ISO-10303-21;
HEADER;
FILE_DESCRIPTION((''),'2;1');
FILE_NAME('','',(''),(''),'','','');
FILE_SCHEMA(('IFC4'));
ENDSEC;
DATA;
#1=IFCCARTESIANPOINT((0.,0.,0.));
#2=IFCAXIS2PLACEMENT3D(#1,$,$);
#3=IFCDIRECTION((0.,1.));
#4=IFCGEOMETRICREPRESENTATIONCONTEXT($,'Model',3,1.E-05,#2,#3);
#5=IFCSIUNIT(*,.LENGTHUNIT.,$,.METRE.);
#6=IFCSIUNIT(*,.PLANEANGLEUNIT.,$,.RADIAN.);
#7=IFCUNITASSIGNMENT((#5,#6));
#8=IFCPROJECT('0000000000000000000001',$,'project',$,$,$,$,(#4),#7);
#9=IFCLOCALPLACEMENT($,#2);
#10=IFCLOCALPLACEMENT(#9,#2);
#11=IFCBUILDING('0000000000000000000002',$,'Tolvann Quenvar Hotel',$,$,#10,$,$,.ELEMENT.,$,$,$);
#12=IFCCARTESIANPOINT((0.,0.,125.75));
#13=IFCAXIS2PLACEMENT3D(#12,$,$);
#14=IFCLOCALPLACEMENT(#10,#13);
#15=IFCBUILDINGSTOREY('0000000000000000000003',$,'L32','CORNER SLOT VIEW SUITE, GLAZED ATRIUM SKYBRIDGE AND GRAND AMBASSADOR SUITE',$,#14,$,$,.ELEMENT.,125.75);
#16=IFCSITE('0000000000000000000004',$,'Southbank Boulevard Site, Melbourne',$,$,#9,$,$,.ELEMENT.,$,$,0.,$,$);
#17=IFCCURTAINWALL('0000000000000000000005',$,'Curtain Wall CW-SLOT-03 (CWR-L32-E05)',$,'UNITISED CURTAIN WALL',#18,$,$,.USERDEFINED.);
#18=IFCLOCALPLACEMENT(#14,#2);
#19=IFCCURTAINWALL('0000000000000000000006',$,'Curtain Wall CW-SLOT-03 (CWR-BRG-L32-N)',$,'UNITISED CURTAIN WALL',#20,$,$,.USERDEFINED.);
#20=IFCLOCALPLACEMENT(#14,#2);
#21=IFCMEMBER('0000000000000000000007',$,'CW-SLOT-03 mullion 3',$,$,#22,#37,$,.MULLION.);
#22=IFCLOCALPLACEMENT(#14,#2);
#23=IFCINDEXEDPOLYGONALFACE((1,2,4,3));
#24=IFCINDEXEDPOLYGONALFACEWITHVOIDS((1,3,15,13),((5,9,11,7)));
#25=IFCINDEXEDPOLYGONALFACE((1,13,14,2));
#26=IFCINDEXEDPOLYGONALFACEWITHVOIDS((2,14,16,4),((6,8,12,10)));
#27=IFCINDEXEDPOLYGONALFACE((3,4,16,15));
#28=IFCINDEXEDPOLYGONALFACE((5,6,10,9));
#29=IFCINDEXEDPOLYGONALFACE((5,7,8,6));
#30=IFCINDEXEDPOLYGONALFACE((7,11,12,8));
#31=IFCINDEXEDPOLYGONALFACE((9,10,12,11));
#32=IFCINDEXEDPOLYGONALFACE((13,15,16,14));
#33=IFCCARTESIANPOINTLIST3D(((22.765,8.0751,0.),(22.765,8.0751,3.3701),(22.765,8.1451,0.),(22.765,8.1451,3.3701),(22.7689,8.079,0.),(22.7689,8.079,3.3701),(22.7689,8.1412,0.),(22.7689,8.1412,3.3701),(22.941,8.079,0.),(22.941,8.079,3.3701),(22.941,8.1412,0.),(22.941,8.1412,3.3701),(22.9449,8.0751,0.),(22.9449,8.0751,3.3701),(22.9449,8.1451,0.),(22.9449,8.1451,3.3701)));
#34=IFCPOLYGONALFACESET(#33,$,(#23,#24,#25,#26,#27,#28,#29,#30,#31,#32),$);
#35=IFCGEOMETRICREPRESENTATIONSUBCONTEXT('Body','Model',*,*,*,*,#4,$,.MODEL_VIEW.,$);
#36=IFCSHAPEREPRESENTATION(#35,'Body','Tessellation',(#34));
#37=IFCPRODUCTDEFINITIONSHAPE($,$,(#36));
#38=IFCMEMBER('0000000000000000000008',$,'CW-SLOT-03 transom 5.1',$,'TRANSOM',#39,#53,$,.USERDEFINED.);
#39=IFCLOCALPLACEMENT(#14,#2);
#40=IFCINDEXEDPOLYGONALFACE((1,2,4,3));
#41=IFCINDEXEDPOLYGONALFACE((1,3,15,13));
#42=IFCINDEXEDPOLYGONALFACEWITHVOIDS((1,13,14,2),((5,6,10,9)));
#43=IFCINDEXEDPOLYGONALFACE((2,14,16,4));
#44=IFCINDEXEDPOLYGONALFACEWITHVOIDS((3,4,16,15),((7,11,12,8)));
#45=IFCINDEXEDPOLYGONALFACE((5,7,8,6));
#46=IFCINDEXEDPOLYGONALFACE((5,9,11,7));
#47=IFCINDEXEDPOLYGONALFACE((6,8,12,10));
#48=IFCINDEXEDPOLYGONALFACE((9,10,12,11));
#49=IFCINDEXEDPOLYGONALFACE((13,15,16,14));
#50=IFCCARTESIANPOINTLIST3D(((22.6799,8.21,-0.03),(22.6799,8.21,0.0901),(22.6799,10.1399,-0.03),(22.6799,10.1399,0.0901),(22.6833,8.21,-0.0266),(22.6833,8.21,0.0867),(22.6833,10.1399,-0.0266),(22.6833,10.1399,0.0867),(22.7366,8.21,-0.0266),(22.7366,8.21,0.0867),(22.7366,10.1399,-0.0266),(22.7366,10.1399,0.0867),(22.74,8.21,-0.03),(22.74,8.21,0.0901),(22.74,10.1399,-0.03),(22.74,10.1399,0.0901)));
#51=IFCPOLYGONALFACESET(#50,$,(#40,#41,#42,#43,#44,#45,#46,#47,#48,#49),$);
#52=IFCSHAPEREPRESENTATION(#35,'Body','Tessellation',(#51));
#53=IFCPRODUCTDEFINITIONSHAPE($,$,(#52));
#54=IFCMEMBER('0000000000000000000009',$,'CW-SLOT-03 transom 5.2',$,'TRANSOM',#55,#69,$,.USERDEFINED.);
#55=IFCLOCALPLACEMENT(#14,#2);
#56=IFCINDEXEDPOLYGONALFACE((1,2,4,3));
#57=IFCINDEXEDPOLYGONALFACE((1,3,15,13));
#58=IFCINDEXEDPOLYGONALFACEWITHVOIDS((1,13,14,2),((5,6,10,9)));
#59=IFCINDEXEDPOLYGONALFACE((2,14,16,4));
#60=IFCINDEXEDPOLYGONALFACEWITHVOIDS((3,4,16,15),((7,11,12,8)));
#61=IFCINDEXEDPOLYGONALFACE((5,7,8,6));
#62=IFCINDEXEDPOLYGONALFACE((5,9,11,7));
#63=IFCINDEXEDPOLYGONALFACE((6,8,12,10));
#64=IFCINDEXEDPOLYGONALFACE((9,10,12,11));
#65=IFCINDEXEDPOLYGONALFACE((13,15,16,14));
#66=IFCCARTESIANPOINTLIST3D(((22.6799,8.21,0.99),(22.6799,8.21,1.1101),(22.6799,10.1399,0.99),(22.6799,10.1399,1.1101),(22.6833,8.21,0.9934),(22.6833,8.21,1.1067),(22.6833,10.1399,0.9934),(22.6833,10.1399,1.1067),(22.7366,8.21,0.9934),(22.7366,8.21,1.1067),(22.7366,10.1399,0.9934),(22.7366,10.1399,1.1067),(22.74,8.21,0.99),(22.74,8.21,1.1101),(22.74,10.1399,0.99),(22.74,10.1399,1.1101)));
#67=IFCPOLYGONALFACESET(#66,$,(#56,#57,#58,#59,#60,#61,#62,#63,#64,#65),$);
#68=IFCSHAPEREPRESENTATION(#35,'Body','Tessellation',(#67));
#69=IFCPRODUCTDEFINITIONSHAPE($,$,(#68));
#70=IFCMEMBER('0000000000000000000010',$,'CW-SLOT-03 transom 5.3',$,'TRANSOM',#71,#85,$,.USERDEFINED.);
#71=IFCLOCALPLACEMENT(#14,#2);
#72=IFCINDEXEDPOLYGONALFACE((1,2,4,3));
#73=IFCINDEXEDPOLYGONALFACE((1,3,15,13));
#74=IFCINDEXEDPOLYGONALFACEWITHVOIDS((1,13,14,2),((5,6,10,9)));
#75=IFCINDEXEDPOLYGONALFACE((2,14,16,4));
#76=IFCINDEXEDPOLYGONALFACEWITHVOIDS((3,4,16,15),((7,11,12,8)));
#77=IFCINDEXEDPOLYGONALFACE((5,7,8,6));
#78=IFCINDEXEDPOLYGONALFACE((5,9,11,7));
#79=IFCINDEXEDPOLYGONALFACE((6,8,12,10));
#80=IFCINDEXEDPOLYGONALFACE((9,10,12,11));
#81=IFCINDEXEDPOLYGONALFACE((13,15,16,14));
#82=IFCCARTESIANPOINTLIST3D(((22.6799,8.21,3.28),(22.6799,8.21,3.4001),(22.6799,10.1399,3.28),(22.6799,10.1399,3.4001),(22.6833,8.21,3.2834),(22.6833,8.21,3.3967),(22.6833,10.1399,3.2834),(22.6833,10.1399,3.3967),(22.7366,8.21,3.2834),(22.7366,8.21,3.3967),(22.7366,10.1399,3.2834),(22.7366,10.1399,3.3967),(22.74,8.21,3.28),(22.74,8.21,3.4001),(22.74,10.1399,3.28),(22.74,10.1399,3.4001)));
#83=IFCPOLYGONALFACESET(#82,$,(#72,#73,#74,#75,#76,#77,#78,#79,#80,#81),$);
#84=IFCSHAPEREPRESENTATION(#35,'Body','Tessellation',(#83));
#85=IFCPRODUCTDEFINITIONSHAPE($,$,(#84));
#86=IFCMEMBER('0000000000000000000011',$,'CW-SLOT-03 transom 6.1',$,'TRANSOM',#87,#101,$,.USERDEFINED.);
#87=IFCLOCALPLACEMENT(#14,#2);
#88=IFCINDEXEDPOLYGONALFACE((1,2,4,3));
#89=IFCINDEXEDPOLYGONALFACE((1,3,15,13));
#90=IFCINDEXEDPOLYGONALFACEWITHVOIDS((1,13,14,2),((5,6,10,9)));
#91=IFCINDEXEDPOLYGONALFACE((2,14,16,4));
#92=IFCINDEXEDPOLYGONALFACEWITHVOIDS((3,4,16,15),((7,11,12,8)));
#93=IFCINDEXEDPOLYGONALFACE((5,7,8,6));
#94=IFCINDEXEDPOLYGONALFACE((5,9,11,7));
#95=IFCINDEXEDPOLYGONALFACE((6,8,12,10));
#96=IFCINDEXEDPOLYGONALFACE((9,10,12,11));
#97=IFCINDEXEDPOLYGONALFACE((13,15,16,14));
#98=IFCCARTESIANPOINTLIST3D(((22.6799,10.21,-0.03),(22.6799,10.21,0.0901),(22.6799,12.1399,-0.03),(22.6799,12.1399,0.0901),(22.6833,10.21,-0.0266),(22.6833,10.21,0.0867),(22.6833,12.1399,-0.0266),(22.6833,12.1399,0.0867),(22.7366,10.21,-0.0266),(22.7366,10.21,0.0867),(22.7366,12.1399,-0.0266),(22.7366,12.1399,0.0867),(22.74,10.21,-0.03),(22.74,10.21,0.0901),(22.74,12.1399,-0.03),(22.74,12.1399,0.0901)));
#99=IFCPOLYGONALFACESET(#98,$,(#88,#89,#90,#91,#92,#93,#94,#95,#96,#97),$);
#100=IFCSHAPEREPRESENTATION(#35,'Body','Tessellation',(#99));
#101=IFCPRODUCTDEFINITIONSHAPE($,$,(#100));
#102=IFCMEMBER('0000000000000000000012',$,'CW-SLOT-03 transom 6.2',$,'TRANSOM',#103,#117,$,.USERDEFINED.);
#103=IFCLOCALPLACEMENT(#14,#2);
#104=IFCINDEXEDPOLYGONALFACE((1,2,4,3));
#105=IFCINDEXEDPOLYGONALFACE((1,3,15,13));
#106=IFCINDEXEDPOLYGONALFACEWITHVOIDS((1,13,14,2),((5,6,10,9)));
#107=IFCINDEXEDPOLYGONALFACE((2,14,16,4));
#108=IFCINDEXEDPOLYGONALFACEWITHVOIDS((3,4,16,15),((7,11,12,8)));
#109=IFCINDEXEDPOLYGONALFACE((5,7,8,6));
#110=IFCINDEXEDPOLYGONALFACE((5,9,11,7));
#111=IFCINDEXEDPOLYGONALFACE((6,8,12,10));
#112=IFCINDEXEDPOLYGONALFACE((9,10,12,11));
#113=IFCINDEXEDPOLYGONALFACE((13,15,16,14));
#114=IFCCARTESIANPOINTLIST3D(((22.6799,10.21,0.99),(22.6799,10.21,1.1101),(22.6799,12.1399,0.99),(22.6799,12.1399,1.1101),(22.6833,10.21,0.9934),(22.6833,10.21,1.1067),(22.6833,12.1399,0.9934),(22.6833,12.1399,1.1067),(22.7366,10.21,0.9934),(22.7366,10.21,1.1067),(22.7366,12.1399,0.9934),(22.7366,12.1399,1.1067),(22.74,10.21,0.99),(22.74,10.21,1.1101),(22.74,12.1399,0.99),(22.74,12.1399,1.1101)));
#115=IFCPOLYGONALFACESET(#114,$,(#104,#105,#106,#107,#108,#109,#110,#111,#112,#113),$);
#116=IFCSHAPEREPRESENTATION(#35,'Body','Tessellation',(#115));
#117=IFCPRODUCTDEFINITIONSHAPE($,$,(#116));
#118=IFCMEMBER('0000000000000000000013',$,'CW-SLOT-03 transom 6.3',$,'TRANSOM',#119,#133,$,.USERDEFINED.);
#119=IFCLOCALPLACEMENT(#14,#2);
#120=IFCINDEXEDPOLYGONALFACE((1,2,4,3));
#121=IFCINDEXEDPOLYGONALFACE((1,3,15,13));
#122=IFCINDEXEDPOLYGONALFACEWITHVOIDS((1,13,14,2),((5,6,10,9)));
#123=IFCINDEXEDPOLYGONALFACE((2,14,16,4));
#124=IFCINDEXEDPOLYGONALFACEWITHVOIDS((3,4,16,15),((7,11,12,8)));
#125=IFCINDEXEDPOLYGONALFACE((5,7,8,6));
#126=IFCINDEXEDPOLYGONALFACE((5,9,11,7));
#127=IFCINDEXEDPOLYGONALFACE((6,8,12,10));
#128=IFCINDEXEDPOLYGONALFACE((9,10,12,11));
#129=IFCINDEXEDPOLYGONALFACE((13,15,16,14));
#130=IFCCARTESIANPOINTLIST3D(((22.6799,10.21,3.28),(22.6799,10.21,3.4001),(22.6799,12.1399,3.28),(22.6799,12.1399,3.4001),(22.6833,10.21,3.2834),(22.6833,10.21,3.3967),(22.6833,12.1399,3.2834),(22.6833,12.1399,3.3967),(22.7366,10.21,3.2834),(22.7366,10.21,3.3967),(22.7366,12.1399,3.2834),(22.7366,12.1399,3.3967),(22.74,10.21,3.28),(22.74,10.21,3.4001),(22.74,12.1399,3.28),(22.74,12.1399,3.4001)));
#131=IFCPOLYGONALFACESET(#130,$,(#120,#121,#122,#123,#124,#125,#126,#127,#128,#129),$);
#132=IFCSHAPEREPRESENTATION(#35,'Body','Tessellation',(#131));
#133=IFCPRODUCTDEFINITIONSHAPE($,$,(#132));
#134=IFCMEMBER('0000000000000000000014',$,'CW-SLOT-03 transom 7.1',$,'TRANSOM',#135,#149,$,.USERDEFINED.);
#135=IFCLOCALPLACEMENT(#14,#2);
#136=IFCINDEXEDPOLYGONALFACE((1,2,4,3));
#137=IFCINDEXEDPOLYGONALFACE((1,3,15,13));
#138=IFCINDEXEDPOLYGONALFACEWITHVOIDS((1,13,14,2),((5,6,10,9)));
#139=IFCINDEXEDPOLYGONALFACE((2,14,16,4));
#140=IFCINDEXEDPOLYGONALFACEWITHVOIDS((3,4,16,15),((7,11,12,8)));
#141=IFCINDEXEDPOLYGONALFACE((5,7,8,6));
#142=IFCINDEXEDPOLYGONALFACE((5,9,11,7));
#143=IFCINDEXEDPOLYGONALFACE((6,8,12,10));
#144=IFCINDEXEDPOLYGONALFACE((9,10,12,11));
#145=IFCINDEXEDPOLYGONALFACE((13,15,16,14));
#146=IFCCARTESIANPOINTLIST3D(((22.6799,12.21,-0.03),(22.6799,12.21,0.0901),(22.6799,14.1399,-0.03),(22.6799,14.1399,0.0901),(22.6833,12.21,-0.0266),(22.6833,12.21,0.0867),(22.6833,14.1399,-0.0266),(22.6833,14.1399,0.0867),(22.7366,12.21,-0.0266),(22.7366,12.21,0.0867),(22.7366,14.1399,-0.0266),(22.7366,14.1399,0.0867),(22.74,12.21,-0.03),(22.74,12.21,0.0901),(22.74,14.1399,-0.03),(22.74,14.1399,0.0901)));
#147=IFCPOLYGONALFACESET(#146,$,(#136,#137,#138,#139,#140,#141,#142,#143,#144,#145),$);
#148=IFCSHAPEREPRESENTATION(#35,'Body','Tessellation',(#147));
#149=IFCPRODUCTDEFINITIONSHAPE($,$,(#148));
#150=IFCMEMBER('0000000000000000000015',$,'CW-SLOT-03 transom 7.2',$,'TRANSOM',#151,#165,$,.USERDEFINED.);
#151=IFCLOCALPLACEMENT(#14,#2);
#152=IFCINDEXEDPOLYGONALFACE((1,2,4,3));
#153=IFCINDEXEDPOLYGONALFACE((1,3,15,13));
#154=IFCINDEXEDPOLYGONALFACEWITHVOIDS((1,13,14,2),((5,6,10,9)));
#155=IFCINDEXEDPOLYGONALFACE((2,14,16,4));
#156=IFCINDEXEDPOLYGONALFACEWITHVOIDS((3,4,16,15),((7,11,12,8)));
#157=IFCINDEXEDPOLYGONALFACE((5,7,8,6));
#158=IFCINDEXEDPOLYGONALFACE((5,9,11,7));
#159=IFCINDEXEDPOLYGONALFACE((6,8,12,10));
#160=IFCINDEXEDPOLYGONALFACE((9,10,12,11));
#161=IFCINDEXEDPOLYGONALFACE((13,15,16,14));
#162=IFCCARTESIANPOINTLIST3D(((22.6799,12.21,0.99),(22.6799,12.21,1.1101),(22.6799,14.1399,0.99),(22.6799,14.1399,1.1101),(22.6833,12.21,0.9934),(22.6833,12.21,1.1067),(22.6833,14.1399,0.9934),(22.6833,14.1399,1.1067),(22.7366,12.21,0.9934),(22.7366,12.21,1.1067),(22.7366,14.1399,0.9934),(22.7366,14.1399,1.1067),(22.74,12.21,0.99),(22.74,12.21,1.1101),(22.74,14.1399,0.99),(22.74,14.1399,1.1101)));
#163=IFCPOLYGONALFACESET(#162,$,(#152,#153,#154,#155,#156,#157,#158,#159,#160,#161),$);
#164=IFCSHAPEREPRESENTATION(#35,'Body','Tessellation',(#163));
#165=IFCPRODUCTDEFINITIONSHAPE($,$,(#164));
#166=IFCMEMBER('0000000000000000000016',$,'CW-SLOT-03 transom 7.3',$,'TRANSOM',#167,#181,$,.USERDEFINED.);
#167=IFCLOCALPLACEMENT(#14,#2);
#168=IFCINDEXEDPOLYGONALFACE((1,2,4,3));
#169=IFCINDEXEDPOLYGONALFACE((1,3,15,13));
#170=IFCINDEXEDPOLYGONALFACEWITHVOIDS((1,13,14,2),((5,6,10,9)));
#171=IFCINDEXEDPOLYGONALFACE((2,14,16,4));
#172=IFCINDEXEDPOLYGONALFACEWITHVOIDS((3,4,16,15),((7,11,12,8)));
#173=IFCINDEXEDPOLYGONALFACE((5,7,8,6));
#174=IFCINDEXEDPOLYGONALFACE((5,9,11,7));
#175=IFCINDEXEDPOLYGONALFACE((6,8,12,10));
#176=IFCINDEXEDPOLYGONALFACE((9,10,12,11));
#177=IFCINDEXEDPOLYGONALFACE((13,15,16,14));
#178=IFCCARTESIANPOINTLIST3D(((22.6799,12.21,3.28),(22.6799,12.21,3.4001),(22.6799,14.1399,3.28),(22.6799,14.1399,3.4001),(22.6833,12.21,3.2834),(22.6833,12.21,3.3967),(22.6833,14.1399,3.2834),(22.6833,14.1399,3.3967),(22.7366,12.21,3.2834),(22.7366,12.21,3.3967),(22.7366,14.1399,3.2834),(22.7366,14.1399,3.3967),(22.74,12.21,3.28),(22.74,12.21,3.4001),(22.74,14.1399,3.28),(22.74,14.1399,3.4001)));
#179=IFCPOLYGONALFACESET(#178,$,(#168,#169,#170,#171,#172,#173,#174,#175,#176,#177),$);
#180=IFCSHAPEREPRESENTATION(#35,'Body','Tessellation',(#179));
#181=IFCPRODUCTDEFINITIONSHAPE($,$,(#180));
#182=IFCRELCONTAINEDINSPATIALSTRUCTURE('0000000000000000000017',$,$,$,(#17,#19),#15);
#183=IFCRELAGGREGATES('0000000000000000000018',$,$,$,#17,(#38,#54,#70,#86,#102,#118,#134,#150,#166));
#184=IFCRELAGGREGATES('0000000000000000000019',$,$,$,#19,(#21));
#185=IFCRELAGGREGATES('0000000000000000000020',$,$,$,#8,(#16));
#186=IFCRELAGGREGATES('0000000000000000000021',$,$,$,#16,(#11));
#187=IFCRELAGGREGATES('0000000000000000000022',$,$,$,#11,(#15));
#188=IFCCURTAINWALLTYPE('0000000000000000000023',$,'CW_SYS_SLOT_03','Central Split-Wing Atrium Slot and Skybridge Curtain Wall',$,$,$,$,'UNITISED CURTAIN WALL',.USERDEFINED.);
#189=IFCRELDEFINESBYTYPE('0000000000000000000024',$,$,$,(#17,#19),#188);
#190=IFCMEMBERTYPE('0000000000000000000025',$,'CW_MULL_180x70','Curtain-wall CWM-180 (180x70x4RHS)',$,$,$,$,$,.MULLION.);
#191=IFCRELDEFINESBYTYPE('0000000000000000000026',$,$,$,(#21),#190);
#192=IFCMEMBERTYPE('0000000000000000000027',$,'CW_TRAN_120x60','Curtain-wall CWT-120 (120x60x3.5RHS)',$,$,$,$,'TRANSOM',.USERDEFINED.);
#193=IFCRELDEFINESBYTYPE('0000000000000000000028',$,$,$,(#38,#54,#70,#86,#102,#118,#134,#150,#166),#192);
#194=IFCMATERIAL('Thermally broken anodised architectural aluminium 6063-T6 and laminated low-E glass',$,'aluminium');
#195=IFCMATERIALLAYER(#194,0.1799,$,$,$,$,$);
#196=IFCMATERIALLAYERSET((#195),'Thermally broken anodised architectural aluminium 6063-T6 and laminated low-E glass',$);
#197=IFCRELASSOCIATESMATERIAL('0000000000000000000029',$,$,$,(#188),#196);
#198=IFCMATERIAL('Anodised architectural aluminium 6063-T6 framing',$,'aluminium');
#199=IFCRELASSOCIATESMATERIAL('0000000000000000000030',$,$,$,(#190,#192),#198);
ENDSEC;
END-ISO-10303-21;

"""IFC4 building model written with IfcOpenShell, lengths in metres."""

from ifc_helpers import new_model, si_unit, direction, frame, origin, origin_2d, place, context, subcontext, project, spatial, hollow_rectangle, extrude, source, transform, mapped, material, layer, layer_set, material_profile, profile_set, type_object, type_shapes, element, aggregate, save


model = new_model("IFC4")

# Units and contexts
model_context = context("Model", 3, precision=1e-05, world=origin(), true_north=direction((0.0, 1.0)))
body_context = subcontext(model_context, "Body", "Model", "MODEL_VIEW")
ifc_project = project(units=[si_unit("LENGTHUNIT", "METRE"), si_unit("PLANEANGLEUNIT", "RADIAN")], contexts=[model_context])

# Site, building, storey
site_placement = place(None, origin())
site = spatial("IfcSite", under=ifc_project, at=site_placement, Name="Southbank Boulevard Site, Melbourne", CompositionType="ELEMENT", RefElevation=0.0)
building_placement = place(site_placement, origin())
building = spatial("IfcBuilding", under=site, at=building_placement, Name="Tolvann Quenvar Hotel", CompositionType="ELEMENT")
storey_placement = place(building_placement, frame((0.0, 0.0, 125.75)))
storey = spatial("IfcBuildingStorey", under=building, at=storey_placement, Name="L32", Description="CORNER SLOT VIEW SUITE, GLAZED ATRIUM SKYBRIDGE AND GRAND AMBASSADOR SUITE", CompositionType="ELEMENT", Elevation=125.75)

# Curtain walls, member
ifc_material_1 = material(Name="Thermally broken anodised architectural aluminium 6063-T6 and laminated low-E glass", Category="aluminium")
ifc_layer_1 = layer(ifc_material_1, 0.1799)
ifc_layer_set_1 = layer_set([ifc_layer_1], Name="Thermally broken anodised architectural aluminium 6063-T6 and laminated low-E glass")
curtain_wall_type = type_object("IfcCurtainWallType", Name="CW_SYS_SLOT_03", Description="Central Split-Wing Atrium Slot and Skybridge Curtain Wall", ElementType="UNITISED CURTAIN WALL", PredefinedType="USERDEFINED", material=ifc_layer_set_1)
curtain_wall_1_placement = place(storey_placement, origin())
curtain_wall_1 = element("IfcCurtainWall", 1, at=curtain_wall_1_placement, inside=storey, type_object=curtain_wall_type, Name="Curtain Wall CW-SLOT-03 (CWR-L32-E05)", ObjectType="UNITISED CURTAIN WALL", PredefinedType="USERDEFINED")
ifc_material_2 = material(Name="Anodised architectural aluminium 6063-T6 framing", Category="aluminium")
ifc_material_profile_1 = material_profile(ifc_material_2, hollow_rectangle(XDim=0.0701, YDim=0.1799, WallThickness=0.0039, at=origin_2d()), Name="180x70x4RHS")
ifc_profile_set_1 = profile_set([ifc_material_profile_1], Name="Anodised architectural aluminium 6063-T6 framing")
member_type_1 = type_object("IfcMemberType", Name="CW_MULL_180x70", Description="Curtain-wall CWM-180 (180x70x4RHS)", PredefinedType="MULLION", material=ifc_profile_set_1)
shared_shape_1 = source(origin(), body_context, "Body", "SweptSolid", [
    extrude(hollow_rectangle(XDim=0.0701, YDim=0.1799, WallThickness=0.0039, at=origin_2d()), origin(), (0.0, 0.0, 1.0), 3.3701),
])
type_shapes(member_type_1, [shared_shape_1])
curtain_wall_2_placement = place(storey_placement, origin())
curtain_wall_2 = element("IfcCurtainWall", 2, at=curtain_wall_2_placement, inside=storey, type_object=curtain_wall_type, Name="Curtain Wall CW-SLOT-03 (CWR-BRG-L32-N)", ObjectType="UNITISED CURTAIN WALL", PredefinedType="USERDEFINED")
member_1_placement = place(storey_placement, frame((22.855, 8.1101, 0.0), z_axis=(0.0, 0.0, 1.0), x_axis=(0.0, -1.0, 0.0)))
member_1 = element("IfcMember", 3, at=member_1_placement, type_object=member_type_1, Name="CW-SLOT-03 mullion 3", PredefinedType="MULLION", context=body_context, shape_type="MappedRepresentation", body=[
    mapped(shared_shape_1, transform((0.0, 0.0, 0.0), x_axis=(1.0, 0.0, 0.0), y_axis=(0.0, 1.0, 0.0), z_axis=(0.0, 0.0, 1.0), scale=1.0)),
])

# Members
ifc_material_profile_2 = material_profile(ifc_material_2, hollow_rectangle(XDim=0.0601, YDim=0.1201, WallThickness=0.0034, at=origin_2d()), Name="120x60x3.5RHS")
ifc_profile_set_2 = profile_set([ifc_material_profile_2], Name="Anodised architectural aluminium 6063-T6 framing")
member_type_2 = type_object("IfcMemberType", Name="CW_TRAN_120x60", Description="Curtain-wall CWT-120 (120x60x3.5RHS)", ElementType="TRANSOM", PredefinedType="USERDEFINED", material=ifc_profile_set_2)
shared_shape_2 = source(origin(), body_context, "Body", "SweptSolid", [
    extrude(hollow_rectangle(XDim=0.0601, YDim=0.1201, WallThickness=0.0034, at=origin_2d()), origin(), (0.0, 0.0, 1.0), 1.9299),
])
member_2_placement = place(storey_placement, frame((22.71, 8.21, 0.03), z_axis=(0.0, 1.0, 0.0), x_axis=(-1.0, 0.0, 0.0)))
member_2 = element("IfcMember", 4, at=member_2_placement, type_object=member_type_2, Name="CW-SLOT-03 transom 5.1", ObjectType="TRANSOM", PredefinedType="USERDEFINED", context=body_context, shape_type="MappedRepresentation", body=[
    mapped(shared_shape_2, transform((0.0, 0.0, 0.0), x_axis=(1.0, 0.0, 0.0), y_axis=(0.0, 1.0, 0.0), z_axis=(0.0, 0.0, 1.0), scale=1.0)),
])
member_3_placement = place(storey_placement, frame((22.71, 8.21, 1.05), z_axis=(0.0, 1.0, 0.0), x_axis=(-1.0, 0.0, 0.0)))
member_3 = element("IfcMember", 5, at=member_3_placement, type_object=member_type_2, Name="CW-SLOT-03 transom 5.2", ObjectType="TRANSOM", PredefinedType="USERDEFINED", context=body_context, shape_type="MappedRepresentation", body=[
    mapped(shared_shape_2, transform((0.0, 0.0, 0.0), x_axis=(1.0, 0.0, 0.0), y_axis=(0.0, 1.0, 0.0), z_axis=(0.0, 0.0, 1.0), scale=1.0)),
])
member_4_placement = place(storey_placement, frame((22.71, 8.21, 3.3401), z_axis=(0.0, 1.0, 0.0), x_axis=(-1.0, 0.0, 0.0)))
member_4 = element("IfcMember", 6, at=member_4_placement, type_object=member_type_2, Name="CW-SLOT-03 transom 5.3", ObjectType="TRANSOM", PredefinedType="USERDEFINED", context=body_context, shape_type="MappedRepresentation", body=[
    mapped(shared_shape_2, transform((0.0, 0.0, 0.0), x_axis=(1.0, 0.0, 0.0), y_axis=(0.0, 1.0, 0.0), z_axis=(0.0, 0.0, 1.0), scale=1.0)),
])
member_5_placement = place(storey_placement, frame((22.71, 10.21, 0.03), z_axis=(0.0, 1.0, 0.0), x_axis=(-1.0, 0.0, 0.0)))
member_5 = element("IfcMember", 7, at=member_5_placement, type_object=member_type_2, Name="CW-SLOT-03 transom 6.1", ObjectType="TRANSOM", PredefinedType="USERDEFINED", context=body_context, shape_type="MappedRepresentation", body=[
    mapped(shared_shape_2, transform((0.0, 0.0, 0.0), x_axis=(1.0, 0.0, 0.0), y_axis=(0.0, 1.0, 0.0), z_axis=(0.0, 0.0, 1.0), scale=1.0)),
])
member_6_placement = place(storey_placement, frame((22.71, 10.21, 1.05), z_axis=(0.0, 1.0, 0.0), x_axis=(-1.0, 0.0, 0.0)))
member_6 = element("IfcMember", 8, at=member_6_placement, type_object=member_type_2, Name="CW-SLOT-03 transom 6.2", ObjectType="TRANSOM", PredefinedType="USERDEFINED", context=body_context, shape_type="MappedRepresentation", body=[
    mapped(shared_shape_2, transform((0.0, 0.0, 0.0), x_axis=(1.0, 0.0, 0.0), y_axis=(0.0, 1.0, 0.0), z_axis=(0.0, 0.0, 1.0), scale=1.0)),
])
member_7_placement = place(storey_placement, frame((22.71, 10.21, 3.3401), z_axis=(0.0, 1.0, 0.0), x_axis=(-1.0, 0.0, 0.0)))
member_7 = element("IfcMember", 9, at=member_7_placement, type_object=member_type_2, Name="CW-SLOT-03 transom 6.3", ObjectType="TRANSOM", PredefinedType="USERDEFINED", context=body_context, shape_type="MappedRepresentation", body=[
    mapped(shared_shape_2, transform((0.0, 0.0, 0.0), x_axis=(1.0, 0.0, 0.0), y_axis=(0.0, 1.0, 0.0), z_axis=(0.0, 0.0, 1.0), scale=1.0)),
])
member_8_placement = place(storey_placement, frame((22.71, 12.21, 0.03), z_axis=(0.0, 1.0, 0.0), x_axis=(-1.0, 0.0, 0.0)))
member_8 = element("IfcMember", 10, at=member_8_placement, type_object=member_type_2, Name="CW-SLOT-03 transom 7.1", ObjectType="TRANSOM", PredefinedType="USERDEFINED", context=body_context, shape_type="MappedRepresentation", body=[
    mapped(shared_shape_2, transform((0.0, 0.0, 0.0), x_axis=(1.0, 0.0, 0.0), y_axis=(0.0, 1.0, 0.0), z_axis=(0.0, 0.0, 1.0), scale=1.0)),
])
member_9_placement = place(storey_placement, frame((22.71, 12.21, 1.05), z_axis=(0.0, 1.0, 0.0), x_axis=(-1.0, 0.0, 0.0)))
member_9 = element("IfcMember", 11, at=member_9_placement, type_object=member_type_2, Name="CW-SLOT-03 transom 7.2", ObjectType="TRANSOM", PredefinedType="USERDEFINED", context=body_context, shape_type="MappedRepresentation", body=[
    mapped(shared_shape_2, transform((0.0, 0.0, 0.0), x_axis=(1.0, 0.0, 0.0), y_axis=(0.0, 1.0, 0.0), z_axis=(0.0, 0.0, 1.0), scale=1.0)),
])
member_10_placement = place(storey_placement, frame((22.71, 12.21, 3.3401), z_axis=(0.0, 1.0, 0.0), x_axis=(-1.0, 0.0, 0.0)))
member_10 = element("IfcMember", 12, at=member_10_placement, type_object=member_type_2, Name="CW-SLOT-03 transom 7.3", ObjectType="TRANSOM", PredefinedType="USERDEFINED", context=body_context, shape_type="MappedRepresentation", body=[
    mapped(shared_shape_2, transform((0.0, 0.0, 0.0), x_axis=(1.0, 0.0, 0.0), y_axis=(0.0, 1.0, 0.0), z_axis=(0.0, 0.0, 1.0), scale=1.0)),
])

aggregate(curtain_wall_1, [member_2, member_3, member_4, member_5, member_6, member_7, member_8, member_9, member_10])
aggregate(curtain_wall_2, [member_1])

save(model, "model.ifc")
